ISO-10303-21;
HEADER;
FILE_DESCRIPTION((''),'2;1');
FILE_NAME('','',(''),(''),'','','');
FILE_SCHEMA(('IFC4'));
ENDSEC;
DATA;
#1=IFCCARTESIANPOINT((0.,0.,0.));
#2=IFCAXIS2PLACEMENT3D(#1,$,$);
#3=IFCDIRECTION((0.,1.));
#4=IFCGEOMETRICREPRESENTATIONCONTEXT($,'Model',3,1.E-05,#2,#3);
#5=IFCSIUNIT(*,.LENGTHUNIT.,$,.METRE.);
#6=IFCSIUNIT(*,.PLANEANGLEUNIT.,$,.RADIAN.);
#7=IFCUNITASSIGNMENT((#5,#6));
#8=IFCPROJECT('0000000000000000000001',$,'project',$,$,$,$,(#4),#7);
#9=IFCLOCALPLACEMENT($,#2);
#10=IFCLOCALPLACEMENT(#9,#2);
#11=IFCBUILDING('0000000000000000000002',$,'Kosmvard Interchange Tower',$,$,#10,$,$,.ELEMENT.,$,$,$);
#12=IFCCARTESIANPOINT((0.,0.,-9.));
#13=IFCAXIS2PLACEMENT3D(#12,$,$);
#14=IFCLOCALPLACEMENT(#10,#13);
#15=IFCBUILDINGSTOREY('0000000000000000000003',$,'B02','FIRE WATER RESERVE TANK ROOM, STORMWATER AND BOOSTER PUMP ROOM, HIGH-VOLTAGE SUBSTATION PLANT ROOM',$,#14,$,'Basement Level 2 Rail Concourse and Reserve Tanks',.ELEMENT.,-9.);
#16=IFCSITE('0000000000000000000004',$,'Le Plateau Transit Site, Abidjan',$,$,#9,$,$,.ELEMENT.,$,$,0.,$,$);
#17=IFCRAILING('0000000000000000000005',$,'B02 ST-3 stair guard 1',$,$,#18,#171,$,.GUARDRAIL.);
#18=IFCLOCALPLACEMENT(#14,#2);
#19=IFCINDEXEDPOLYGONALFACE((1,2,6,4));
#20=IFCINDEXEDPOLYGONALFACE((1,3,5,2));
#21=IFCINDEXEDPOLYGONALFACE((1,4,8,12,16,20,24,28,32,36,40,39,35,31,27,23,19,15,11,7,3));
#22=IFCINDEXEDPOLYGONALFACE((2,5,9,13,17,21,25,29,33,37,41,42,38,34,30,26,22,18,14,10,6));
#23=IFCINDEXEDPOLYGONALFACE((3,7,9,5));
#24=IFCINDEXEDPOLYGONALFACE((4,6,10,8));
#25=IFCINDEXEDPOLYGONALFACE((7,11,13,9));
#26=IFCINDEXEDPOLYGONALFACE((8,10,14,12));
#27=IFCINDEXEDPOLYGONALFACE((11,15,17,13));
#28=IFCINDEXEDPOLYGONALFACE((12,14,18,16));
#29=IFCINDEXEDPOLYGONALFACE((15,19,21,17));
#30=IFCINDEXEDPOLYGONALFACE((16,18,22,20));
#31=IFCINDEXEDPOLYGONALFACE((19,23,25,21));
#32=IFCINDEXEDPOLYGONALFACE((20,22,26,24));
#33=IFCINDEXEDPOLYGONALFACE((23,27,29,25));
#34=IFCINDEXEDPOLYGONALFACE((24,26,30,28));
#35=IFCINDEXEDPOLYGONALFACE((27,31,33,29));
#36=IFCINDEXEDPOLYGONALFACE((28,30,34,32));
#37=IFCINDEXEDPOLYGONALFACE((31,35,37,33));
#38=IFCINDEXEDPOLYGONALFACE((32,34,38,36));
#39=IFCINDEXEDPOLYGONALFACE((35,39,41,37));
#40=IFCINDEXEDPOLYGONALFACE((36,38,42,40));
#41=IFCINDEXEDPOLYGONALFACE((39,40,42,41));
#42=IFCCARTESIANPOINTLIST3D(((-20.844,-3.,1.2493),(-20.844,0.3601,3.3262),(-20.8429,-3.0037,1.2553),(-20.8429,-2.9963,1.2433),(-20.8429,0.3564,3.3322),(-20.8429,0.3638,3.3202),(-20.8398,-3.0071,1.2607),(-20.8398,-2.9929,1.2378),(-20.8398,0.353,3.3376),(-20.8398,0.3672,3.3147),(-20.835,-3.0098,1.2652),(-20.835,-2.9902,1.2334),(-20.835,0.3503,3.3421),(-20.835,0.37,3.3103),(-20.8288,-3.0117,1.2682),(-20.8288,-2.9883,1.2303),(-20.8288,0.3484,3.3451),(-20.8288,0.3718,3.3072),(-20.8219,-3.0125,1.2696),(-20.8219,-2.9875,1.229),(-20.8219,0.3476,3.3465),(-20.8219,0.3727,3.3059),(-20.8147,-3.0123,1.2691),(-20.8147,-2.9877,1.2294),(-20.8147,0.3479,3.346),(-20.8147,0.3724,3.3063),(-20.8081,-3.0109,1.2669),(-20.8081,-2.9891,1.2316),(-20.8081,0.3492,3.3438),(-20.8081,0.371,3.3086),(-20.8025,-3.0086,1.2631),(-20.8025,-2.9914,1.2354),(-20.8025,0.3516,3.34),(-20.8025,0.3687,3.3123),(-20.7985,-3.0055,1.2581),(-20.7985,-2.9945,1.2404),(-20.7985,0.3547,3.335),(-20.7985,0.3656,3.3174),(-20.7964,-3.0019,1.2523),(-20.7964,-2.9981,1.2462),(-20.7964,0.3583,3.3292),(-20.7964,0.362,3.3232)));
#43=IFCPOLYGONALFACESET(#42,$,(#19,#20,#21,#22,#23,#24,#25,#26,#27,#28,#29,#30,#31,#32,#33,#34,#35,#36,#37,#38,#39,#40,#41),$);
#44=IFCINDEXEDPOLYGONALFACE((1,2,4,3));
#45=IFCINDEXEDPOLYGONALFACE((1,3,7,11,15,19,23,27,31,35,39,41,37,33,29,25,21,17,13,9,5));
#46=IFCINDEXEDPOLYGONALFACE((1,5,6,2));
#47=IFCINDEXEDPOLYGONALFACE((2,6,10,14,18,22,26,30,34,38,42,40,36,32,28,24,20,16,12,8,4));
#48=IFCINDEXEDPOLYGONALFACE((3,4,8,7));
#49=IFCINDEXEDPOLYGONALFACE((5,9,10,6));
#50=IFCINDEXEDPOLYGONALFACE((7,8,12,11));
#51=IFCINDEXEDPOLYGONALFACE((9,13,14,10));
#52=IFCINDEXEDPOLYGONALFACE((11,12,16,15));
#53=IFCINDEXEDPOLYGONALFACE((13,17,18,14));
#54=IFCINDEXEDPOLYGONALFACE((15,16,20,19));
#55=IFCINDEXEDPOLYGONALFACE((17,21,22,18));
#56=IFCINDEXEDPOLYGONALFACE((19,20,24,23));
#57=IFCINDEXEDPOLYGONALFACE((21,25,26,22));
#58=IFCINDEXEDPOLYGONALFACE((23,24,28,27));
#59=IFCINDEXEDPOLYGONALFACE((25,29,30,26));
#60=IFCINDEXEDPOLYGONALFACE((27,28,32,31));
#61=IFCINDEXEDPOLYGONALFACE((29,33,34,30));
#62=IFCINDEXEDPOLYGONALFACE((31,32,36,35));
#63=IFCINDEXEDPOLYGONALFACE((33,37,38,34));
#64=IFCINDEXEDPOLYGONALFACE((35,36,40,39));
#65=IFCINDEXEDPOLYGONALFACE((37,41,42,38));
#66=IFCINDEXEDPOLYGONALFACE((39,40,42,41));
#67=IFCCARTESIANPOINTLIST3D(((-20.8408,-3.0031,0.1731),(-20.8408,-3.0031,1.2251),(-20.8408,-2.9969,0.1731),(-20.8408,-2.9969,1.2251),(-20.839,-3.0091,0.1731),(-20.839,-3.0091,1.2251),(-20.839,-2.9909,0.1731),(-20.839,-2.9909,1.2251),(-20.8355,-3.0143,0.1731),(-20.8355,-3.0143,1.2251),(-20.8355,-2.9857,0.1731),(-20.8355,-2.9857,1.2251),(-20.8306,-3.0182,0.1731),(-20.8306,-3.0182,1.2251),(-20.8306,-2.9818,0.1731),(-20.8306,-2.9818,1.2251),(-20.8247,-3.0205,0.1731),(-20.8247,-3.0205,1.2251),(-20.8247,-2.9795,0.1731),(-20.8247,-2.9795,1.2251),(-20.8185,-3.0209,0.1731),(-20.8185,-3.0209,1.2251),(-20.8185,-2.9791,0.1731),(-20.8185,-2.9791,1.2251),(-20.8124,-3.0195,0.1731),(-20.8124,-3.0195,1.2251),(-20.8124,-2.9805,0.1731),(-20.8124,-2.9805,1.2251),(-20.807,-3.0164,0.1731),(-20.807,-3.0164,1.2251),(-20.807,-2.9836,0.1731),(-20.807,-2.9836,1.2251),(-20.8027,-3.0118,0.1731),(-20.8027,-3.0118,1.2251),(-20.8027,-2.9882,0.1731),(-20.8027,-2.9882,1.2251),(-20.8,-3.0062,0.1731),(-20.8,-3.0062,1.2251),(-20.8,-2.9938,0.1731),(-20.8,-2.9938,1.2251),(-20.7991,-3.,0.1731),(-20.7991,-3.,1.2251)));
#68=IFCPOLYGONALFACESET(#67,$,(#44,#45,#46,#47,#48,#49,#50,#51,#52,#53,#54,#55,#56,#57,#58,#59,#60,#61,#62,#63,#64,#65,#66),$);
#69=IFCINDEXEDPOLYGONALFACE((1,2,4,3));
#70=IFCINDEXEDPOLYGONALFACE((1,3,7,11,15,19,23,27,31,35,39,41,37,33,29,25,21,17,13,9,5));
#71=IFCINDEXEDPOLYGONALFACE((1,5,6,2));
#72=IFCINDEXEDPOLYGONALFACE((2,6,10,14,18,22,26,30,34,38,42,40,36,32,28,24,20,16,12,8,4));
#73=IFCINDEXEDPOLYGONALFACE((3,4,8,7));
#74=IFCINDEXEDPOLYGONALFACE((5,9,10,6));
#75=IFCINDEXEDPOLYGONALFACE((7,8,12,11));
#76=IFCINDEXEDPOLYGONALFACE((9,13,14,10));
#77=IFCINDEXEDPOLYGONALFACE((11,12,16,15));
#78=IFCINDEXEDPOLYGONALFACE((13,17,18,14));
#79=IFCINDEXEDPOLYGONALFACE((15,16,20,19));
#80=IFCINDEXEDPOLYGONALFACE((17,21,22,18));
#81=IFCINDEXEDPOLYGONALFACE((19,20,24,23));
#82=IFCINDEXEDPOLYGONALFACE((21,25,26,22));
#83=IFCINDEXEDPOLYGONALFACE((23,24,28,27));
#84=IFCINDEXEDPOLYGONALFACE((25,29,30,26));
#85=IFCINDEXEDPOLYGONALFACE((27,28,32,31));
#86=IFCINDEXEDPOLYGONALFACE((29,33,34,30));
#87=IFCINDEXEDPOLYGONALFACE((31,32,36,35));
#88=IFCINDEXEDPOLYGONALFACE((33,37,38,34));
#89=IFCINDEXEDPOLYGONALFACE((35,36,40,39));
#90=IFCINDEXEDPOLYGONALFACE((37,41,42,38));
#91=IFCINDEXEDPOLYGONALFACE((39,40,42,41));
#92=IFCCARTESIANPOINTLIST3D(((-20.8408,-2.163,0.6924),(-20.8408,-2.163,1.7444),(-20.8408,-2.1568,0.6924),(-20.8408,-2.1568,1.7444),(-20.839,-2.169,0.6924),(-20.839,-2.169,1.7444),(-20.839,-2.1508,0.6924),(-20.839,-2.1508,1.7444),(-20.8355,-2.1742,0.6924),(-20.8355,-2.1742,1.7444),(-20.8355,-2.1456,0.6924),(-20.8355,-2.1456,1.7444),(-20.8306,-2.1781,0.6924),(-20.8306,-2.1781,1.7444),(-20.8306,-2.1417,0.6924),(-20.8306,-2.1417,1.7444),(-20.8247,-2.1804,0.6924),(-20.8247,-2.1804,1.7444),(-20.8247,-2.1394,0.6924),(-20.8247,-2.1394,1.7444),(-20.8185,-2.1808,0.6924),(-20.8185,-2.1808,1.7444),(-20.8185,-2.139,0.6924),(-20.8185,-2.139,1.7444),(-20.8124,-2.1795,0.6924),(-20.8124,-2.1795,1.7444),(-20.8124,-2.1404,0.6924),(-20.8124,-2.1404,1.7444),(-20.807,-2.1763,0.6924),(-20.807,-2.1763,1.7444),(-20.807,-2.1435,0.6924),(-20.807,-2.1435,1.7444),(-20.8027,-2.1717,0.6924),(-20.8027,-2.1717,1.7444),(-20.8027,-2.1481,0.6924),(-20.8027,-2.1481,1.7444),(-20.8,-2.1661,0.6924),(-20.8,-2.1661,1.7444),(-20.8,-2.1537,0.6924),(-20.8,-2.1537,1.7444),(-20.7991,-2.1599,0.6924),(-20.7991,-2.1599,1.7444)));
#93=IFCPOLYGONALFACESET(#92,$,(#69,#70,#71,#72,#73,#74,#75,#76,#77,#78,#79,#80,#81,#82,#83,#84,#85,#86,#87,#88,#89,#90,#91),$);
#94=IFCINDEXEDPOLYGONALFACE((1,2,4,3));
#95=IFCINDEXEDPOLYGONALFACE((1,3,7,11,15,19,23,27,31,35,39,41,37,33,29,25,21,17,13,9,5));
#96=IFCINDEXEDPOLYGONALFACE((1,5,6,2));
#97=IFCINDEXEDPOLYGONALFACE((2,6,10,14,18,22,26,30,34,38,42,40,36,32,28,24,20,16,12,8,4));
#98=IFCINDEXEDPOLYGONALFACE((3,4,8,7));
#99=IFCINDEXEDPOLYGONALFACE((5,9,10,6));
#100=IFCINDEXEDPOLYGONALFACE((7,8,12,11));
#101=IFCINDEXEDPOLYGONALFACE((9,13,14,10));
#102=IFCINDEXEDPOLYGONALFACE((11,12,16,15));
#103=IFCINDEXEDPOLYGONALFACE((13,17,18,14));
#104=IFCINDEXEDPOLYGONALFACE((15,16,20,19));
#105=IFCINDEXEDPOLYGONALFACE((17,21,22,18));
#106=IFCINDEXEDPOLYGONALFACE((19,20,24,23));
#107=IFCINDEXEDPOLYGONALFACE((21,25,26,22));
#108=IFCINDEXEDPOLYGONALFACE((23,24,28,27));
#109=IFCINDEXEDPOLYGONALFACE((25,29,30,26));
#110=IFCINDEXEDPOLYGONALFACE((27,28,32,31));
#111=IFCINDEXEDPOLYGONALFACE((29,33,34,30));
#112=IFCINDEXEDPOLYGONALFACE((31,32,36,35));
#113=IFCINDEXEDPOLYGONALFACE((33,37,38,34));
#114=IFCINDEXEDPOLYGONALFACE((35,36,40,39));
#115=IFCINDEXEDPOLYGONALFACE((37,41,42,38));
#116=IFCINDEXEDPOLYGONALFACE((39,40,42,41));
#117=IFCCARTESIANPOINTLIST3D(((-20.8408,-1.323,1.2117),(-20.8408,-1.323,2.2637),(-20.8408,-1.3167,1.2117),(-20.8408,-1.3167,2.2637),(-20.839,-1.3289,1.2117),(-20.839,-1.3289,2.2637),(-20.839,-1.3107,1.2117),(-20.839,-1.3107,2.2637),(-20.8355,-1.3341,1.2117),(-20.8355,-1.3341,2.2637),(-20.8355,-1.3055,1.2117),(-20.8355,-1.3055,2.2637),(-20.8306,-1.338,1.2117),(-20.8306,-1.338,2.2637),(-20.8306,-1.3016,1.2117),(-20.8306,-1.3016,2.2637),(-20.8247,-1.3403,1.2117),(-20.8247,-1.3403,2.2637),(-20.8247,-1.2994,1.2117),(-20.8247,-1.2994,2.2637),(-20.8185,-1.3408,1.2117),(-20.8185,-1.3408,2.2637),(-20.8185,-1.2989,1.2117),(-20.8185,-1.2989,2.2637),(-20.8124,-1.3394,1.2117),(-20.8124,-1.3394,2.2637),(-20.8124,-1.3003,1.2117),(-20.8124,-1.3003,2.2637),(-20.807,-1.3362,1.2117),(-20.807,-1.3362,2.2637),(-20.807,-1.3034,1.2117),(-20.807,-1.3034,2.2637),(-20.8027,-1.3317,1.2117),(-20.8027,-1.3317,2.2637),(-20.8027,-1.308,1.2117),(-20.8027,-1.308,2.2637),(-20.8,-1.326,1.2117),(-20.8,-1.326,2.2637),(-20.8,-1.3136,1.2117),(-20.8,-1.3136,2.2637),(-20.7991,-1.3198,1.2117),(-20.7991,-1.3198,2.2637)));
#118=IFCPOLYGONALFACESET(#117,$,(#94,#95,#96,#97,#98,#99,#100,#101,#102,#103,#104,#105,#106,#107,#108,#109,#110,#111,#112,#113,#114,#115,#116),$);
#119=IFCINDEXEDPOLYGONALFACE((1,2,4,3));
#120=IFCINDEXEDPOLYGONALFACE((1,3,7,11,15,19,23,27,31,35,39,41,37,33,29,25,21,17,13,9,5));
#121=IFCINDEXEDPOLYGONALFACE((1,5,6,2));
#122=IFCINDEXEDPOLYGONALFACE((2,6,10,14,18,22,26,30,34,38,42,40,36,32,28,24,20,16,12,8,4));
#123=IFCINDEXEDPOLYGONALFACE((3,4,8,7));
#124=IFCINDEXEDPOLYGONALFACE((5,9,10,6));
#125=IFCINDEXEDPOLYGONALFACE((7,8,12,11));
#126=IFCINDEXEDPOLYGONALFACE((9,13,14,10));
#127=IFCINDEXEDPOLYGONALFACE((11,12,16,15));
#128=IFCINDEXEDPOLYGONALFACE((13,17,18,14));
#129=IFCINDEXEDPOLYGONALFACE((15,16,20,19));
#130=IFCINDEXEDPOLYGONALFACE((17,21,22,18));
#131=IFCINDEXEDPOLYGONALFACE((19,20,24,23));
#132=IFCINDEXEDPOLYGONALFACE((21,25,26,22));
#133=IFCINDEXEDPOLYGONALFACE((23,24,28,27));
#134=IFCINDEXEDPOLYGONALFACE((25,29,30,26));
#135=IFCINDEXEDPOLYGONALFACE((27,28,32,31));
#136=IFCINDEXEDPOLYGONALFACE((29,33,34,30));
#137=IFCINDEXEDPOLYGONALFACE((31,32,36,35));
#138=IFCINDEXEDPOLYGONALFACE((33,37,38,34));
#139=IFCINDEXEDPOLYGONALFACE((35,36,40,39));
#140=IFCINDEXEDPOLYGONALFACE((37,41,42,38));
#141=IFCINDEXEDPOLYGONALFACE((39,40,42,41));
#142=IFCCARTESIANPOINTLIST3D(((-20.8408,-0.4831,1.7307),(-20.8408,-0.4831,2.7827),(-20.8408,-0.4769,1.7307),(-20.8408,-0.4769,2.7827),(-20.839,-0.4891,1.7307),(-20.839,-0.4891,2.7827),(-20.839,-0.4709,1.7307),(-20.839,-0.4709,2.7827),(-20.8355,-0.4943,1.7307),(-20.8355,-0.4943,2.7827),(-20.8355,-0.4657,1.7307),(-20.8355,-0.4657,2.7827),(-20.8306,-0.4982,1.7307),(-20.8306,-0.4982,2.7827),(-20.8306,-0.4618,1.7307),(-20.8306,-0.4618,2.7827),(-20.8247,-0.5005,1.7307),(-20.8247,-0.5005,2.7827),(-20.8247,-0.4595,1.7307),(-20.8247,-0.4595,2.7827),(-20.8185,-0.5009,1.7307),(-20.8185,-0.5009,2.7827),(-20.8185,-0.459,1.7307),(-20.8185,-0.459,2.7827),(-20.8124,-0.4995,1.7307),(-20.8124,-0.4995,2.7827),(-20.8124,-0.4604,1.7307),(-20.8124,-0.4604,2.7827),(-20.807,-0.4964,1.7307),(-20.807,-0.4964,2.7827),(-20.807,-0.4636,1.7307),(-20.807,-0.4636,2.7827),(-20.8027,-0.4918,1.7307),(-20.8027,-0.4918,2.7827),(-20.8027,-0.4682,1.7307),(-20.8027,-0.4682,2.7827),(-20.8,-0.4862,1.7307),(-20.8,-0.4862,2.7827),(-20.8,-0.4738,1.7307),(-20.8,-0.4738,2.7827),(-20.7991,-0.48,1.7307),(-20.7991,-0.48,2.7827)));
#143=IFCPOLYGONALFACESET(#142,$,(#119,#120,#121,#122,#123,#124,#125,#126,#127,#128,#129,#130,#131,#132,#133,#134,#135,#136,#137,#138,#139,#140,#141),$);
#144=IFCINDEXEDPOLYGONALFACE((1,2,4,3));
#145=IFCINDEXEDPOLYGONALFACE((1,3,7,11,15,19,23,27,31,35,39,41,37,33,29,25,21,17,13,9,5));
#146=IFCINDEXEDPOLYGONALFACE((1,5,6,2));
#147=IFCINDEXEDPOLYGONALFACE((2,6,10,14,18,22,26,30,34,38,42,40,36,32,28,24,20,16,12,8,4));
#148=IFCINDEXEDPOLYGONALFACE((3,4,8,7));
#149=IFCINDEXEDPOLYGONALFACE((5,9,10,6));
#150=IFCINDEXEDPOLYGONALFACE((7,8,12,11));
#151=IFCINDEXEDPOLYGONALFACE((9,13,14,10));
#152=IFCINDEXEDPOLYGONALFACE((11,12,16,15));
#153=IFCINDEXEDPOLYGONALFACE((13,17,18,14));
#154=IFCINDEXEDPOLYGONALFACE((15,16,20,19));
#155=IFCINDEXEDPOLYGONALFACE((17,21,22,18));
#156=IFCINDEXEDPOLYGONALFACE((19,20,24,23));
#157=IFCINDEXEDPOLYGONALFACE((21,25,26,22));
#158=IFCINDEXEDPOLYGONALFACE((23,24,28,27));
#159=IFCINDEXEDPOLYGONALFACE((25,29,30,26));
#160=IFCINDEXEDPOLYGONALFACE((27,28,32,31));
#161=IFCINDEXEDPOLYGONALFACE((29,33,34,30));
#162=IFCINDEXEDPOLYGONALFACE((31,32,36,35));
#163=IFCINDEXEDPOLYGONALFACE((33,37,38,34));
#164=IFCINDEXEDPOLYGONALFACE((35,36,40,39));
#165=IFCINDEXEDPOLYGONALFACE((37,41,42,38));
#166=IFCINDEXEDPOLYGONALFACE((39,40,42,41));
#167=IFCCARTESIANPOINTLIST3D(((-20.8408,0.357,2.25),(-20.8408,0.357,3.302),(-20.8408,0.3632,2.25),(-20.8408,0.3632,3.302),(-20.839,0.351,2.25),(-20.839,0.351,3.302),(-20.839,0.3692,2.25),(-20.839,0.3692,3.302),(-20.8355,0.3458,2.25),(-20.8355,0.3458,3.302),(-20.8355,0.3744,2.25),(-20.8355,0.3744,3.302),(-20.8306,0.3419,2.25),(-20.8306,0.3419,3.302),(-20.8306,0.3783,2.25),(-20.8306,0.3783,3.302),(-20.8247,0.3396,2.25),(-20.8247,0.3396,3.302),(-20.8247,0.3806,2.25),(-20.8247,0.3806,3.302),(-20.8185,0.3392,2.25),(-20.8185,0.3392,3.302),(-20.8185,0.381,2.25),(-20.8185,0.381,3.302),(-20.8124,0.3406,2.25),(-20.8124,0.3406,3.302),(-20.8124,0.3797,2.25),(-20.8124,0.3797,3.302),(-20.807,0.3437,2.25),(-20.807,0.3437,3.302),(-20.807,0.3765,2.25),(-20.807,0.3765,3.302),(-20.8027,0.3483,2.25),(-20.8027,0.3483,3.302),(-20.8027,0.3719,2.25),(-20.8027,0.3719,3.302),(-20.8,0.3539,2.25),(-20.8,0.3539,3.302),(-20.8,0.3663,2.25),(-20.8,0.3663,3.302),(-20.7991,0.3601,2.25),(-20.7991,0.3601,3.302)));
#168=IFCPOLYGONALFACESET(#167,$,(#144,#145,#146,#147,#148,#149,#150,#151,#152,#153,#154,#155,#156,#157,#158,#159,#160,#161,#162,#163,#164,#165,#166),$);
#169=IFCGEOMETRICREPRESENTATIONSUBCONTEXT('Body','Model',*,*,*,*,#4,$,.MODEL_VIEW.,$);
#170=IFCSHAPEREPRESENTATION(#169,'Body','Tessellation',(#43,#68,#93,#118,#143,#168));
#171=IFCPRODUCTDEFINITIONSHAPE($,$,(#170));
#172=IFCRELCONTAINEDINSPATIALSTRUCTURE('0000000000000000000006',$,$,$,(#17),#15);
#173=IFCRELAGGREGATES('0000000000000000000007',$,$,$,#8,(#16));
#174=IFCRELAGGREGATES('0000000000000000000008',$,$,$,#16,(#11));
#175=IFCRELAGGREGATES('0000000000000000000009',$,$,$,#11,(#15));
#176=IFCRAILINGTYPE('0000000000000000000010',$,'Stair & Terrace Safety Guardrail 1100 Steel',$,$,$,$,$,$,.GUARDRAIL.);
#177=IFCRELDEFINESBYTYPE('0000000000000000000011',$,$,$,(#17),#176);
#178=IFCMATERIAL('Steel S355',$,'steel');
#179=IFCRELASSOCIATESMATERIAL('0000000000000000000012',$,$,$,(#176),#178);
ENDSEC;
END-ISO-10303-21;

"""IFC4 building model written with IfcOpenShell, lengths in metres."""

from ifc_helpers import new_model, si_unit, direction, frame, origin, origin_2d, place, context, subcontext, project, spatial, circle, extrude, source, transform, mapped, material, type_object, element, save


model = new_model("IFC4")

# Units and contexts
model_context = context("Model", 3, precision=1e-05, world=origin(), true_north=direction((0.0, 1.0)))
body_context = subcontext(model_context, "Body", "Model", "MODEL_VIEW")
ifc_project = project(units=[si_unit("LENGTHUNIT", "METRE"), si_unit("PLANEANGLEUNIT", "RADIAN")], contexts=[model_context])

# Site, building, storey
site_placement = place(None, origin())
site = spatial("IfcSite", under=ifc_project, at=site_placement, Name="Le Plateau Transit Site, Abidjan", CompositionType="ELEMENT", RefElevation=0.0)
building_placement = place(site_placement, origin())
building = spatial("IfcBuilding", under=site, at=building_placement, Name="Kosmvard Interchange Tower", CompositionType="ELEMENT")
storey_placement = place(building_placement, frame((0.0, 0.0, -9.0)))
storey = spatial("IfcBuildingStorey", under=building, at=storey_placement, Name="B02", Description="FIRE WATER RESERVE TANK ROOM, STORMWATER AND BOOSTER PUMP ROOM, HIGH-VOLTAGE SUBSTATION PLANT ROOM", LongName="Basement Level 2 Rail Concourse and Reserve Tanks", CompositionType="ELEMENT", Elevation=-9.0)

# Railing
ifc_material_1 = material(Name="Steel S355", Category="steel")
railing_type_1 = type_object("IfcRailingType", Name="Stair & Terrace Safety Guardrail 1100 Steel", PredefinedType="GUARDRAIL", material=ifc_material_1)
shared_shape_1 = source(origin(), body_context, "Body", "SweptSolid", [
    extrude(circle(Radius=0.0239, at=origin_2d()), frame((0.0, 0.0, 1.0762), z_axis=(0.0, 0.850623, 0.525776), x_axis=(-1.0, 0.0, 0.0)), (0.0, 0.0, 1.0), 3.9502),
    extrude(circle(Radius=0.021, at=origin_2d()), origin(), (0.0, 0.0, 1.0), 1.052),
    extrude(circle(Radius=0.021, at=origin_2d()), frame((0.0, 0.8401, 0.5193)), (0.0, 0.0, 1.0), 1.052),
    extrude(circle(Radius=0.021, at=origin_2d()), frame((0.0, 1.6802, 1.0386)), (0.0, 0.0, 1.0), 1.052),
    extrude(circle(Radius=0.021, at=origin_2d()), frame((0.0, 2.52, 1.5576)), (0.0, 0.0, 1.0), 1.052),
    extrude(circle(Radius=0.021, at=origin_2d()), frame((0.0, 3.3601, 2.0769)), (0.0, 0.0, 1.0), 1.052),
])
railing_1_placement = place(storey_placement, frame((-20.8201, -3.0, 0.1731)))
element("IfcRailing", 1, at=railing_1_placement, inside=storey, type_object=railing_type_1, Name="B02 ST-3 stair guard 1", PredefinedType="GUARDRAIL", context=body_context, shape_type="MappedRepresentation", body=[
    mapped(shared_shape_1, transform((0.0, 0.0, 0.0), scale=1.0)),
])

save(model, "model.ifc")
